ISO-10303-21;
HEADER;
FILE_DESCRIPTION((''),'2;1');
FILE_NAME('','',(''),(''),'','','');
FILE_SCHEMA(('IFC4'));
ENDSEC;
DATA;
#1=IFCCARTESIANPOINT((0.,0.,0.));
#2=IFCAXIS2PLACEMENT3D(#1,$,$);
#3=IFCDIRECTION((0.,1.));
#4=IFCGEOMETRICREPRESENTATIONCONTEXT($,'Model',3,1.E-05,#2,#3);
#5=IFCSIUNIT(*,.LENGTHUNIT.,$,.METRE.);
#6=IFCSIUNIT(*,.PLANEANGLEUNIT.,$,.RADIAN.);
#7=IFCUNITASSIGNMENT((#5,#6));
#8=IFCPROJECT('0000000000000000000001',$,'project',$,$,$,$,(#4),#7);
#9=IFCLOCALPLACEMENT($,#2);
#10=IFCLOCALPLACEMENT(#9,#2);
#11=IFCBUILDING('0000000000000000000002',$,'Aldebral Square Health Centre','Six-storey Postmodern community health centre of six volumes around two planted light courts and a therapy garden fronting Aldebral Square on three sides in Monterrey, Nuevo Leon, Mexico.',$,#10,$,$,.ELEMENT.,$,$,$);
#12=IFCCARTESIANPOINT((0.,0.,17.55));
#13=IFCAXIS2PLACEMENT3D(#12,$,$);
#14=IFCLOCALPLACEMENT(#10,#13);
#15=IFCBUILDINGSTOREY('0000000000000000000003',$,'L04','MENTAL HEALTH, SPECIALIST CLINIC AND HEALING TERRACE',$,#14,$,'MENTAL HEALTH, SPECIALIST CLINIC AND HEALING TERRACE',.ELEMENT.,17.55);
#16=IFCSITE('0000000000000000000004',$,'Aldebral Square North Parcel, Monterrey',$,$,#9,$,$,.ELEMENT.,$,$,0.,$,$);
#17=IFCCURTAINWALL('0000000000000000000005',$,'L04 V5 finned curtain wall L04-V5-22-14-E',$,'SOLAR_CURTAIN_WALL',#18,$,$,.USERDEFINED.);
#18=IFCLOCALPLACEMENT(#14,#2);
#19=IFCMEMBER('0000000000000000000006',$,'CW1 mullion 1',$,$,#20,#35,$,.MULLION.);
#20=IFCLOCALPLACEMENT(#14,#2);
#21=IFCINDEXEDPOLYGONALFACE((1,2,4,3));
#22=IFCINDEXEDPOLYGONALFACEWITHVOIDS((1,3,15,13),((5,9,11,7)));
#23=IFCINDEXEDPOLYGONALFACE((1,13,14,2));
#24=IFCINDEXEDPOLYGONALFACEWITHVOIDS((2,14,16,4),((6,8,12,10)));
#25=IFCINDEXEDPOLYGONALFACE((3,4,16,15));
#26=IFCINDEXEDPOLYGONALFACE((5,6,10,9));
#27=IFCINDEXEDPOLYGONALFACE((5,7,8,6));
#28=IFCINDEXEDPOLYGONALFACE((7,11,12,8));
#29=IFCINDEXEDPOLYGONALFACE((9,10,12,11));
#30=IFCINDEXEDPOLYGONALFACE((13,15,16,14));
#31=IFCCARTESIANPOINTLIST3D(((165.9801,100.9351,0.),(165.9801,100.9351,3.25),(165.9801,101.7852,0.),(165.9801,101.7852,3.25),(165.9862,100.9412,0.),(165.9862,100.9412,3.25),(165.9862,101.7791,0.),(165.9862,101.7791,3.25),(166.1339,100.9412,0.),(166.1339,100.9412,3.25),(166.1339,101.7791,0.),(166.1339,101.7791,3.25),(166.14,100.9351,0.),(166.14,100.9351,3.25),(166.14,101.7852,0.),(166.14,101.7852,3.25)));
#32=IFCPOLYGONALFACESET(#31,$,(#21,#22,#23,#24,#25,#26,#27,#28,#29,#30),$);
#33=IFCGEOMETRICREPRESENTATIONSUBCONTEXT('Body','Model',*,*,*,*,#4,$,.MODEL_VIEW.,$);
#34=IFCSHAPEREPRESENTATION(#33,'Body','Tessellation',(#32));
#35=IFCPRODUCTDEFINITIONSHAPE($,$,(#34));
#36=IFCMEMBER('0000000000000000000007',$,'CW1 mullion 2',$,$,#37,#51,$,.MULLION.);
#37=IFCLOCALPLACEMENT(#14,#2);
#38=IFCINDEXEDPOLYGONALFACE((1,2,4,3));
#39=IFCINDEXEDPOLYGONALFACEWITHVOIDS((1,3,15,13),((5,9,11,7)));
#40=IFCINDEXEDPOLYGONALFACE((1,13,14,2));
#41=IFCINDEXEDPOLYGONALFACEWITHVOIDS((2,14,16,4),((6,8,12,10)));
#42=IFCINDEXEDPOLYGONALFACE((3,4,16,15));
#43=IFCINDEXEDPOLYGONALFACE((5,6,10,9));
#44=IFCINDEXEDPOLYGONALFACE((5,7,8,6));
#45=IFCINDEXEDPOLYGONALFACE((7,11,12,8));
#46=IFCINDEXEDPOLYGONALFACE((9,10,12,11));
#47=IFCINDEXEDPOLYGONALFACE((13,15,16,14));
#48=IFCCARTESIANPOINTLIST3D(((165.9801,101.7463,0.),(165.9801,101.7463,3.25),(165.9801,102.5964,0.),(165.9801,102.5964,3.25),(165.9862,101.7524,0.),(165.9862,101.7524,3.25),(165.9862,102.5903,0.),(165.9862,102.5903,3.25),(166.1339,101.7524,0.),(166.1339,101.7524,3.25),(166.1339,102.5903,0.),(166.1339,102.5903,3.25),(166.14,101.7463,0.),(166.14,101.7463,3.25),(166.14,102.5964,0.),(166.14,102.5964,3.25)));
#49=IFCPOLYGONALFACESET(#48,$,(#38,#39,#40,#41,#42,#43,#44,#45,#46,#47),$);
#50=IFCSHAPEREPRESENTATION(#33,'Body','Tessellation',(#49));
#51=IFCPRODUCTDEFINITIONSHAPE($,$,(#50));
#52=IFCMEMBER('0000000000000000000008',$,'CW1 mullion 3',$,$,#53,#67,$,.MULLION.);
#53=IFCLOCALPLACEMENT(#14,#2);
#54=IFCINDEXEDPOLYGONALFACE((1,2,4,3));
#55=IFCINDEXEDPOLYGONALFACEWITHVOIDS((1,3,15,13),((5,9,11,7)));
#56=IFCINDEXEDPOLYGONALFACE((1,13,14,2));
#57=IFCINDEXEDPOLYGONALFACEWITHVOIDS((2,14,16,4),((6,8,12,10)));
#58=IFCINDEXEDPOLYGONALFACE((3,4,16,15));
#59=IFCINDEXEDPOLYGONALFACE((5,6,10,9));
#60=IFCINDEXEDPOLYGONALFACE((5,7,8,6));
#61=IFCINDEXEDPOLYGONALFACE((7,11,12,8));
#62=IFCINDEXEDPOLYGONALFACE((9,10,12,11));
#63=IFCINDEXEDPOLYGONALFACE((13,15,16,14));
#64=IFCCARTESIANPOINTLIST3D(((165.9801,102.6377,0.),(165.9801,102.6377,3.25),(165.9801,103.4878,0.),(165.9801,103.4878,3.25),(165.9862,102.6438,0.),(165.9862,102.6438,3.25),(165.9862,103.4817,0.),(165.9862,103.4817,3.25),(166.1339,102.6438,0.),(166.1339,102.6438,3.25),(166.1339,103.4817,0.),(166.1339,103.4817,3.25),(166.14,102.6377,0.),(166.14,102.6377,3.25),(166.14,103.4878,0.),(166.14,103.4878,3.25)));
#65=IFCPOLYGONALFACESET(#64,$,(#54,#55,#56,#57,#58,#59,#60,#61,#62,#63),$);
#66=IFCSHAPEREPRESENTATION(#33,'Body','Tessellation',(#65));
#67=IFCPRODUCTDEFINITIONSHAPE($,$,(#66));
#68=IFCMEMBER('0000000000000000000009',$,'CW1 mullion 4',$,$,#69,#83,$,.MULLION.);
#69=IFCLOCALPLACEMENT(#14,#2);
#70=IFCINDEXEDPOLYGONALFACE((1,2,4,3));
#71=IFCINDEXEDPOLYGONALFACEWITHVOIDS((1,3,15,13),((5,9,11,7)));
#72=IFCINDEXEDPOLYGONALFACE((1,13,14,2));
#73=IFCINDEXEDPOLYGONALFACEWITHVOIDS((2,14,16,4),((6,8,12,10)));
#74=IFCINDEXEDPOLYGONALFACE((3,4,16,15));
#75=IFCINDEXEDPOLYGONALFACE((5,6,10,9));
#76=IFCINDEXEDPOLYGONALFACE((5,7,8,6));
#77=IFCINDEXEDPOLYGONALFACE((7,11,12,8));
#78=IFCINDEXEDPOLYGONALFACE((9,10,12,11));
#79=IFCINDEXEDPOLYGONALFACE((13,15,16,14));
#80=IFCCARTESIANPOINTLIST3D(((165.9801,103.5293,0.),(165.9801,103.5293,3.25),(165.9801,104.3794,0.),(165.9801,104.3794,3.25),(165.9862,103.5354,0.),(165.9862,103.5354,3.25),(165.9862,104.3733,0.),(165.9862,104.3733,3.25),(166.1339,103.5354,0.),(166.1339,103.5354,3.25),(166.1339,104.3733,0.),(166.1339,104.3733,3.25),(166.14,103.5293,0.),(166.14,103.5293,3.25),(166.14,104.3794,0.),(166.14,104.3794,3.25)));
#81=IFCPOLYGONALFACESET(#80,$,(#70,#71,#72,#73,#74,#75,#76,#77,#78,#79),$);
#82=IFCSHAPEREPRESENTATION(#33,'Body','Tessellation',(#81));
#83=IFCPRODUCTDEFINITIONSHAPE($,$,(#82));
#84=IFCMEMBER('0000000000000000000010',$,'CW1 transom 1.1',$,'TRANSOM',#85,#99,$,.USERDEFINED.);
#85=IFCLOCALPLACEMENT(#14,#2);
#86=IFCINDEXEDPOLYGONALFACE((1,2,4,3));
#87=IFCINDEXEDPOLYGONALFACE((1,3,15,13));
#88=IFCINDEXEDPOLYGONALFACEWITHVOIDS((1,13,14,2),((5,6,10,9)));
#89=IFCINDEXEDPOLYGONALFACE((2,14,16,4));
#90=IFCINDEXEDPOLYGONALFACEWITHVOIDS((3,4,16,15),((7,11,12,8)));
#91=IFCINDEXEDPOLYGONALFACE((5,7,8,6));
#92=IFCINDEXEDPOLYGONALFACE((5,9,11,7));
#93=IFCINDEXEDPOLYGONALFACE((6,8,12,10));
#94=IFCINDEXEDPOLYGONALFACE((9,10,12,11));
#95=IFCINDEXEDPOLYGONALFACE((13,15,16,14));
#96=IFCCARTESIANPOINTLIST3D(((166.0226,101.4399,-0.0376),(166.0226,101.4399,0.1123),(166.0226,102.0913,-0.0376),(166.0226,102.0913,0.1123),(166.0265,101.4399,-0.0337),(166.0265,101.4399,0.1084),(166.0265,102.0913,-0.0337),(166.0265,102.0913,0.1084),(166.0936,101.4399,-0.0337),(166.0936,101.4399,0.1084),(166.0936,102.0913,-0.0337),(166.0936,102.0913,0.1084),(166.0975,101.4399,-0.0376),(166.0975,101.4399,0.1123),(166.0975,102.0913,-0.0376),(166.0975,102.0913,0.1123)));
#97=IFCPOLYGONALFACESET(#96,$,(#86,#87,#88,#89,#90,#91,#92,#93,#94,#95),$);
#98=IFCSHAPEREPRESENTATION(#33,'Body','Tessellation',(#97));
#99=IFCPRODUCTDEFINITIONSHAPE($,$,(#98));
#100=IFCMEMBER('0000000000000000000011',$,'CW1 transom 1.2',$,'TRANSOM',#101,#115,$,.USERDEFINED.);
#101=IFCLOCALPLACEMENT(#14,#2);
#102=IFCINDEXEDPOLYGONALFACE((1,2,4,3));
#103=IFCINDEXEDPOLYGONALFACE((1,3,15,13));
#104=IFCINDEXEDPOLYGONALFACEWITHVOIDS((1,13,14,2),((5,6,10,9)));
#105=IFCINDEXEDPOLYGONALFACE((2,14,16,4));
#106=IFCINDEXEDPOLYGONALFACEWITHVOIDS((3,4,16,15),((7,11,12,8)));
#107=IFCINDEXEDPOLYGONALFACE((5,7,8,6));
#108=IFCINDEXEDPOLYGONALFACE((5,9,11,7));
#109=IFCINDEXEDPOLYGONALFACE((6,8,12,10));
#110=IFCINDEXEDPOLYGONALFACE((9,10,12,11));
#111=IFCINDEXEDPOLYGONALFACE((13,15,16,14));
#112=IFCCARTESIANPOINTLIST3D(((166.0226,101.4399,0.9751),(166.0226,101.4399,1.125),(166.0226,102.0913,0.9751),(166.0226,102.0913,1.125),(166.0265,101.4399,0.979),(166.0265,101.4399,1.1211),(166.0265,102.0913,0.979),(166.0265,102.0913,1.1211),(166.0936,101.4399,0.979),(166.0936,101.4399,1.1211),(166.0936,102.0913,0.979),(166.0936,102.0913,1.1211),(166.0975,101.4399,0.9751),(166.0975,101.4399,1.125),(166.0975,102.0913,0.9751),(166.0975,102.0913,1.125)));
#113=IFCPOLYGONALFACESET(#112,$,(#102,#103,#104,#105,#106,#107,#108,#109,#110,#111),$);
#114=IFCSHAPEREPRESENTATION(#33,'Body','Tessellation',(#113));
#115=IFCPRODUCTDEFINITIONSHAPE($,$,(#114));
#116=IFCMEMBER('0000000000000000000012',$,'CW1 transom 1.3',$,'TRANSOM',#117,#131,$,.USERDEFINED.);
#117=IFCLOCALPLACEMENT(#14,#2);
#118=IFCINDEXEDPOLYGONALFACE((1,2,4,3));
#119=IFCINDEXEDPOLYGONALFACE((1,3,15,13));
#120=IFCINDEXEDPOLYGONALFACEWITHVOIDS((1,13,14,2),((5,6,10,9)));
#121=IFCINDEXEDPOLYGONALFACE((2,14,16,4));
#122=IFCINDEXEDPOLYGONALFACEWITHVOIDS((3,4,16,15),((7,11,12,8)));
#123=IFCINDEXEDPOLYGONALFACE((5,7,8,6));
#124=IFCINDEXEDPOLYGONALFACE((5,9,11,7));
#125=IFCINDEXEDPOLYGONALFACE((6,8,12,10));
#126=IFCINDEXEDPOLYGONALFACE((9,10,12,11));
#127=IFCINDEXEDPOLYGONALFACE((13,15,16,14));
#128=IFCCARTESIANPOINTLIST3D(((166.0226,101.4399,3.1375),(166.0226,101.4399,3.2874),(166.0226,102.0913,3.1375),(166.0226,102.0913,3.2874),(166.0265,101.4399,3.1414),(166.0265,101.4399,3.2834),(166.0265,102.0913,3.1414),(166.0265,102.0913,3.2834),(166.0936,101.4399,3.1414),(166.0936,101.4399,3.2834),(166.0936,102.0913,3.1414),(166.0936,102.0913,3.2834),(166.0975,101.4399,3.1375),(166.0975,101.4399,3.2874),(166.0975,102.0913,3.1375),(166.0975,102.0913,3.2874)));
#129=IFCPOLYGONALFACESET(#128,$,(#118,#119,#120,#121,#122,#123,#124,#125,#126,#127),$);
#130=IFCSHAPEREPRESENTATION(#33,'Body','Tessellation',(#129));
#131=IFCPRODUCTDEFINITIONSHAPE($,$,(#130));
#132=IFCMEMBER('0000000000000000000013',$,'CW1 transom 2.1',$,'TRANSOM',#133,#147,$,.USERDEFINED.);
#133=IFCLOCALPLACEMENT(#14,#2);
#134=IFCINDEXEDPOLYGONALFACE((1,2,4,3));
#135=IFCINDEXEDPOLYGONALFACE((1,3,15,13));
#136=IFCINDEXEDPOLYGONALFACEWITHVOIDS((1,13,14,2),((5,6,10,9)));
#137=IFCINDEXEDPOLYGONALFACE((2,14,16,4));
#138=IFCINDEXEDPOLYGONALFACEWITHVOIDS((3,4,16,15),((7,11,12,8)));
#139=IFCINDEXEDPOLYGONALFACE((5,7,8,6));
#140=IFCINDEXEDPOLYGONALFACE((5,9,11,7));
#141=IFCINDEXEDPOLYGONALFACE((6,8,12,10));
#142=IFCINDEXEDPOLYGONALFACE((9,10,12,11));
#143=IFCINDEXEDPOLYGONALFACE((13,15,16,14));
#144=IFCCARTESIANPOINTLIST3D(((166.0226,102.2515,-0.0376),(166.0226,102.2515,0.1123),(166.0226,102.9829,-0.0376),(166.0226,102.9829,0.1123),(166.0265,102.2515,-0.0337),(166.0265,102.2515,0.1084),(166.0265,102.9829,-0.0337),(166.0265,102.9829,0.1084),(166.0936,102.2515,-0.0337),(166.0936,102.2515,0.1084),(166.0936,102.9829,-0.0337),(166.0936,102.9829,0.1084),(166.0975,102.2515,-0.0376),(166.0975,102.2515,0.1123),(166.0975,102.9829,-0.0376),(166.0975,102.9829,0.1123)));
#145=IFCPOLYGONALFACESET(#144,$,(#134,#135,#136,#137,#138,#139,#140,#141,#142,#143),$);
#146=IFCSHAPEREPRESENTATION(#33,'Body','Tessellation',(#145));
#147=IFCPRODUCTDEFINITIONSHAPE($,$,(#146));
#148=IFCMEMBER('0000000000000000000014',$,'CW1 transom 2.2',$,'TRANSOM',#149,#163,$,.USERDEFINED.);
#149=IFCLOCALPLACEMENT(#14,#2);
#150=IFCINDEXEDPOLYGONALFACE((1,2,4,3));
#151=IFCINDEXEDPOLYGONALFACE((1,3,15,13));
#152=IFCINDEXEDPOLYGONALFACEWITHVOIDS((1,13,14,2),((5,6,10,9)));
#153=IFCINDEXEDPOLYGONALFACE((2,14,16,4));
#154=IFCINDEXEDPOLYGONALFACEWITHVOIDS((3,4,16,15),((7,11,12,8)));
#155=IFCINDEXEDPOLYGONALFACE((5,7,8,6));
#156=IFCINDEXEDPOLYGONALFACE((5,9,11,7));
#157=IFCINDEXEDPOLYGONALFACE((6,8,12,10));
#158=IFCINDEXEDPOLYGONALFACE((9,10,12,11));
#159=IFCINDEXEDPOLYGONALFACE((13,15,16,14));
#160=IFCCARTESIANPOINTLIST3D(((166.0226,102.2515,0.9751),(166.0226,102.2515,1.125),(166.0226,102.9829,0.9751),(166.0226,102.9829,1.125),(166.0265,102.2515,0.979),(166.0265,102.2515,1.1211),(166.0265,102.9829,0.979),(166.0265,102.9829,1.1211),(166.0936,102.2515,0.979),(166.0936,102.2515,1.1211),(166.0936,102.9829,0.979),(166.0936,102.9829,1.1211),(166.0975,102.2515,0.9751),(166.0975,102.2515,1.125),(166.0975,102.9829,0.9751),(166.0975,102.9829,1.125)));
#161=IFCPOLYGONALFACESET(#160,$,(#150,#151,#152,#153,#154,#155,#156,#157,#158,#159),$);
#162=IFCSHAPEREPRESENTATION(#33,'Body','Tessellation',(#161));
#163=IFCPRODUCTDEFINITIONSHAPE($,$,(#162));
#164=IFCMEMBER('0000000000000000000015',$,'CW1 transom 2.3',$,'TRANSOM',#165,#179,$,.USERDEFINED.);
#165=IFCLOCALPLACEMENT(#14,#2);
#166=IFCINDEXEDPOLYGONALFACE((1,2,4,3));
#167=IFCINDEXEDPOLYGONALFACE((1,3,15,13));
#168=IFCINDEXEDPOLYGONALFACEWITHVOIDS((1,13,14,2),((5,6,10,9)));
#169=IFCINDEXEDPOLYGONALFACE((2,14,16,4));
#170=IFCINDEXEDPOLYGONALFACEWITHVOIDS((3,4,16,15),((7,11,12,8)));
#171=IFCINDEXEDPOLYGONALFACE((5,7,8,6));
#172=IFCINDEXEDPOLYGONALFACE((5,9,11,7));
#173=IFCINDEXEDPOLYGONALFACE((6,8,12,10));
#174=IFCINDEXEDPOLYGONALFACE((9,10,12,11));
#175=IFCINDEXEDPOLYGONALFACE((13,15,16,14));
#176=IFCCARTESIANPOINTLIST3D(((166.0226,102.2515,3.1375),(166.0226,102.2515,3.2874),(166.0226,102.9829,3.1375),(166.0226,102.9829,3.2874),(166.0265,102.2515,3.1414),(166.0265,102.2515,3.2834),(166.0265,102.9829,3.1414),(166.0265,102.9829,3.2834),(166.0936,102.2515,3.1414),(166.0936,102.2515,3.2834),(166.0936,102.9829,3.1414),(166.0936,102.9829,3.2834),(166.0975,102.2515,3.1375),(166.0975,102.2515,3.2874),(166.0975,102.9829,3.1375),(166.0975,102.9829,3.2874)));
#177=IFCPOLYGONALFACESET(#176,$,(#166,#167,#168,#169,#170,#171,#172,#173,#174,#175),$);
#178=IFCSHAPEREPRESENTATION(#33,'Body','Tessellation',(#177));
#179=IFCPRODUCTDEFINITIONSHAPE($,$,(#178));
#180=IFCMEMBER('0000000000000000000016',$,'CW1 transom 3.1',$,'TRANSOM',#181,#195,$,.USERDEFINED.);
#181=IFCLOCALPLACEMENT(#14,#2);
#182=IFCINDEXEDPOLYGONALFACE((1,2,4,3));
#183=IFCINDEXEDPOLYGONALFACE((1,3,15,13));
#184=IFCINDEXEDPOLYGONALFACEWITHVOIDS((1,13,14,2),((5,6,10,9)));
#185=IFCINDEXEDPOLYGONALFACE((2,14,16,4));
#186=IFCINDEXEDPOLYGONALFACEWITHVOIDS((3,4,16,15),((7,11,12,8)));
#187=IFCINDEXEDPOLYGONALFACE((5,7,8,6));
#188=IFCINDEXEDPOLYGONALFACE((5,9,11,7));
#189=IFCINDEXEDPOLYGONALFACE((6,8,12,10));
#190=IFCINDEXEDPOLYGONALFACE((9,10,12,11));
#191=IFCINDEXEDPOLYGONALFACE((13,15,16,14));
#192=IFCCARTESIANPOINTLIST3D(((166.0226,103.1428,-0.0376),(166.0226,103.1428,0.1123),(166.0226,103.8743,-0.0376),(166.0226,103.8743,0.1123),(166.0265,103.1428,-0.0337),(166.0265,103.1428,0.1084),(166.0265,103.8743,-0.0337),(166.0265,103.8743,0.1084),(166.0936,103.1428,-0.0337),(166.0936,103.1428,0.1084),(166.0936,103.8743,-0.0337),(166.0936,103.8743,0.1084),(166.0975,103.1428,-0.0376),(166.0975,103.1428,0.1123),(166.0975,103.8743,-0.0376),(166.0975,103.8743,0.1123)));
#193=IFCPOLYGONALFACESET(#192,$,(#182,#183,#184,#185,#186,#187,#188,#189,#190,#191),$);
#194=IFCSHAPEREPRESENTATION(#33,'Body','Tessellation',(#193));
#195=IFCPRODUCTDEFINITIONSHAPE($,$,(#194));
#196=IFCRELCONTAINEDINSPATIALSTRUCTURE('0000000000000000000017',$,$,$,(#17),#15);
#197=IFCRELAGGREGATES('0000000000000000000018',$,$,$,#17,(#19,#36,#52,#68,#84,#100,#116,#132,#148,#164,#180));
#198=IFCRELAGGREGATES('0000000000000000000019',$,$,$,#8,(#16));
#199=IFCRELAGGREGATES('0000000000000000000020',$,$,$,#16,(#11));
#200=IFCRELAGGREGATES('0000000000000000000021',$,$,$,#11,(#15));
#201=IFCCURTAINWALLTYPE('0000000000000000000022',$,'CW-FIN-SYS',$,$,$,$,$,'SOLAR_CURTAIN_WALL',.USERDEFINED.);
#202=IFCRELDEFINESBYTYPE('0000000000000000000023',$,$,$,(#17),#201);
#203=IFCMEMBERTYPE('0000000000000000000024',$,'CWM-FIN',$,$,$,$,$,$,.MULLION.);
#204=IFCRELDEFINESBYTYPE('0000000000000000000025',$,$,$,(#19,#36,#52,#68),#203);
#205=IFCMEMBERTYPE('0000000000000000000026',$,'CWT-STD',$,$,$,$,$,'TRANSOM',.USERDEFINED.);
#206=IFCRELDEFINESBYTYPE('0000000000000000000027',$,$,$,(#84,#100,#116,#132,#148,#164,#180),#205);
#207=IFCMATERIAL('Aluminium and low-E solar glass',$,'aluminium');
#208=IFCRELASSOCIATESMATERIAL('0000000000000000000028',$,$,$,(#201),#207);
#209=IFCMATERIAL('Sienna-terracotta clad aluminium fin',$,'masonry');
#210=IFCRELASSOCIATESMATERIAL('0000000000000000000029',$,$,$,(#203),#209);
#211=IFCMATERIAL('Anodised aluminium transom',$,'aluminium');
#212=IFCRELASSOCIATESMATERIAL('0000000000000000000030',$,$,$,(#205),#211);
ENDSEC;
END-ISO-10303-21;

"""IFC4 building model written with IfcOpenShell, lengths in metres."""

from ifc_helpers import new_model, si_unit, direction, frame, origin, origin_2d, place, context, subcontext, project, spatial, hollow_rectangle, extrude, material, material_profile, profile_set, type_object, element, aggregate, save


model = new_model("IFC4")

# Units and contexts
model_context = context("Model", 3, precision=1e-05, world=origin(), true_north=direction((0.0, 1.0)))
body_context = subcontext(model_context, "Body", "Model", "MODEL_VIEW")
ifc_project = project(units=[si_unit("LENGTHUNIT", "METRE"), si_unit("PLANEANGLEUNIT", "RADIAN")], contexts=[model_context])

# Site, building, storey
site_placement = place(None, origin())
site = spatial("IfcSite", under=ifc_project, at=site_placement, Name="Aldebral Square North Parcel, Monterrey", CompositionType="ELEMENT", RefElevation=0.0)
building_placement = place(site_placement, origin())
building = spatial("IfcBuilding", under=site, at=building_placement, Name="Aldebral Square Health Centre", Description="Six-storey Postmodern community health centre of six volumes around two planted light courts and a therapy garden fronting Aldebral Square on three sides in Monterrey, Nuevo Leon, Mexico.", CompositionType="ELEMENT")
storey_placement = place(building_placement, frame((0.0, 0.0, 17.55)))
storey = spatial("IfcBuildingStorey", under=building, at=storey_placement, Name="L04", Description="MENTAL HEALTH, SPECIALIST CLINIC AND HEALING TERRACE", LongName="MENTAL HEALTH, SPECIALIST CLINIC AND HEALING TERRACE", CompositionType="ELEMENT", Elevation=17.55)

# Curtain wall, members
ifc_material_1 = material(Name="Aluminium and low-E solar glass", Category="aluminium")
curtain_wall_type = type_object("IfcCurtainWallType", Name="CW-FIN-SYS", ElementType="SOLAR_CURTAIN_WALL", PredefinedType="USERDEFINED", material=ifc_material_1)
curtain_wall_placement = place(storey_placement, origin())
curtain_wall = element("IfcCurtainWall", 1, at=curtain_wall_placement, inside=storey, type_object=curtain_wall_type, Name="L04 V5 finned curtain wall L04-V5-22-14-E", ObjectType="SOLAR_CURTAIN_WALL", PredefinedType="USERDEFINED")
ifc_material_2 = material(Name="Sienna-terracotta clad aluminium fin", Category="masonry")
ifc_material_profile_1 = material_profile(ifc_material_2, hollow_rectangle(XDim=0.1599, YDim=0.8501, WallThickness=0.0061, at=origin_2d()), Name="FIN 160x850x6")
ifc_profile_set_1 = profile_set([ifc_material_profile_1], Name="Sienna-terracotta clad aluminium fin")
member_type_1 = type_object("IfcMemberType", Name="CWM-FIN", PredefinedType="MULLION", material=ifc_profile_set_1)
member_1_placement = place(storey_placement, frame((166.0601, 101.3601, 0.0), z_axis=(0.0, 0.0, 1.0), x_axis=(-1.0, 0.0, 0.0)))
member_1 = element("IfcMember", 2, at=member_1_placement, type_object=member_type_1, Name="CW1 mullion 1", PredefinedType="MULLION", context=body_context, shape_type="SweptSolid", body=[
    extrude(hollow_rectangle(XDim=0.1599, YDim=0.8501, WallThickness=0.0061, at=origin_2d()), origin(), (0.0, 0.0, 1.0), 3.25),
])
member_2_placement = place(storey_placement, frame((166.0601, 102.1714, 0.0), z_axis=(0.0, 0.0, 1.0), x_axis=(-1.0, 0.0, 0.0)))
member_2 = element("IfcMember", 3, at=member_2_placement, type_object=member_type_1, Name="CW1 mullion 2", PredefinedType="MULLION", context=body_context, shape_type="SweptSolid", body=[
    extrude(hollow_rectangle(XDim=0.1599, YDim=0.8501, WallThickness=0.0061, at=origin_2d()), origin(), (0.0, 0.0, 1.0), 3.25),
])
member_3_placement = place(storey_placement, frame((166.0601, 103.0627, 0.0), z_axis=(0.0, 0.0, 1.0), x_axis=(-1.0, 0.0, 0.0)))
member_3 = element("IfcMember", 4, at=member_3_placement, type_object=member_type_1, Name="CW1 mullion 3", PredefinedType="MULLION", context=body_context, shape_type="SweptSolid", body=[
    extrude(hollow_rectangle(XDim=0.1599, YDim=0.8501, WallThickness=0.0061, at=origin_2d()), origin(), (0.0, 0.0, 1.0), 3.25),
])
member_4_placement = place(storey_placement, frame((166.0601, 103.9543, 0.0), z_axis=(0.0, 0.0, 1.0), x_axis=(-1.0, 0.0, 0.0)))
member_4 = element("IfcMember", 5, at=member_4_placement, type_object=member_type_1, Name="CW1 mullion 4", PredefinedType="MULLION", context=body_context, shape_type="SweptSolid", body=[
    extrude(hollow_rectangle(XDim=0.1599, YDim=0.8501, WallThickness=0.0061, at=origin_2d()), origin(), (0.0, 0.0, 1.0), 3.25),
])
ifc_material_3 = material(Name="Anodised aluminium transom", Category="aluminium")
ifc_material_profile_2 = material_profile(ifc_material_3, hollow_rectangle(XDim=0.075, YDim=0.1499, WallThickness=0.0039, at=origin_2d()), Name="CWT 75x150x4")
ifc_profile_set_2 = profile_set([ifc_material_profile_2], Name="Anodised aluminium transom")
member_type_2 = type_object("IfcMemberType", Name="CWT-STD", ElementType="TRANSOM", PredefinedType="USERDEFINED", material=ifc_profile_set_2)
member_5_placement = place(storey_placement, frame((166.0601, 101.4399, 0.0374), z_axis=(0.0, 1.0, 0.0), x_axis=(-1.0, 0.0, 0.0)))
member_5 = element("IfcMember", 6, at=member_5_placement, type_object=member_type_2, Name="CW1 transom 1.1", ObjectType="TRANSOM", PredefinedType="USERDEFINED", context=body_context, shape_type="SweptSolid", body=[
    extrude(hollow_rectangle(XDim=0.075, YDim=0.1499, WallThickness=0.0039, at=origin_2d()), origin(), (0.0, 0.0, 1.0), 0.6514),
])
member_6_placement = place(storey_placement, frame((166.0601, 101.4399, 1.05), z_axis=(0.0, 1.0, 0.0), x_axis=(-1.0, 0.0, 0.0)))
member_6 = element("IfcMember", 7, at=member_6_placement, type_object=member_type_2, Name="CW1 transom 1.2", ObjectType="TRANSOM", PredefinedType="USERDEFINED", context=body_context, shape_type="SweptSolid", body=[
    extrude(hollow_rectangle(XDim=0.075, YDim=0.1499, WallThickness=0.0039, at=origin_2d()), origin(), (0.0, 0.0, 1.0), 0.6514),
])
member_7_placement = place(storey_placement, frame((166.0601, 101.4399, 3.2124), z_axis=(0.0, 1.0, 0.0), x_axis=(-1.0, 0.0, 0.0)))
member_7 = element("IfcMember", 8, at=member_7_placement, type_object=member_type_2, Name="CW1 transom 1.3", ObjectType="TRANSOM", PredefinedType="USERDEFINED", context=body_context, shape_type="SweptSolid", body=[
    extrude(hollow_rectangle(XDim=0.075, YDim=0.1499, WallThickness=0.0039, at=origin_2d()), origin(), (0.0, 0.0, 1.0), 0.6514),
])
member_8_placement = place(storey_placement, frame((166.0601, 102.2515, 0.0374), z_axis=(0.0, 1.0, 0.0), x_axis=(-1.0, 0.0, 0.0)))
member_8 = element("IfcMember", 9, at=member_8_placement, type_object=member_type_2, Name="CW1 transom 2.1", ObjectType="TRANSOM", PredefinedType="USERDEFINED", context=body_context, shape_type="SweptSolid", body=[
    extrude(hollow_rectangle(XDim=0.075, YDim=0.1499, WallThickness=0.0039, at=origin_2d()), origin(), (0.0, 0.0, 1.0), 0.7314),
])
member_9_placement = place(storey_placement, frame((166.0601, 102.2515, 1.05), z_axis=(0.0, 1.0, 0.0), x_axis=(-1.0, 0.0, 0.0)))
member_9 = element("IfcMember", 10, at=member_9_placement, type_object=member_type_2, Name="CW1 transom 2.2", ObjectType="TRANSOM", PredefinedType="USERDEFINED", context=body_context, shape_type="SweptSolid", body=[
    extrude(hollow_rectangle(XDim=0.075, YDim=0.1499, WallThickness=0.0039, at=origin_2d()), origin(), (0.0, 0.0, 1.0), 0.7314),
])
member_10_placement = place(storey_placement, frame((166.0601, 102.2515, 3.2124), z_axis=(0.0, 1.0, 0.0), x_axis=(-1.0, 0.0, 0.0)))
member_10 = element("IfcMember", 11, at=member_10_placement, type_object=member_type_2, Name="CW1 transom 2.3", ObjectType="TRANSOM", PredefinedType="USERDEFINED", context=body_context, shape_type="SweptSolid", body=[
    extrude(hollow_rectangle(XDim=0.075, YDim=0.1499, WallThickness=0.0039, at=origin_2d()), origin(), (0.0, 0.0, 1.0), 0.7314),
])
member_11_placement = place(storey_placement, frame((166.0601, 103.1428, 0.0374), z_axis=(0.0, 1.0, 0.0), x_axis=(-1.0, 0.0, 0.0)))
member_11 = element("IfcMember", 12, at=member_11_placement, type_object=member_type_2, Name="CW1 transom 3.1", ObjectType="TRANSOM", PredefinedType="USERDEFINED", context=body_context, shape_type="SweptSolid", body=[
    extrude(hollow_rectangle(XDim=0.075, YDim=0.1499, WallThickness=0.0039, at=origin_2d()), origin(), (0.0, 0.0, 1.0), 0.7314),
])
aggregate(curtain_wall, [member_1, member_2, member_3, member_4, member_5, member_6, member_7, member_8, member_9, member_10, member_11])

save(model, "model.ifc")
